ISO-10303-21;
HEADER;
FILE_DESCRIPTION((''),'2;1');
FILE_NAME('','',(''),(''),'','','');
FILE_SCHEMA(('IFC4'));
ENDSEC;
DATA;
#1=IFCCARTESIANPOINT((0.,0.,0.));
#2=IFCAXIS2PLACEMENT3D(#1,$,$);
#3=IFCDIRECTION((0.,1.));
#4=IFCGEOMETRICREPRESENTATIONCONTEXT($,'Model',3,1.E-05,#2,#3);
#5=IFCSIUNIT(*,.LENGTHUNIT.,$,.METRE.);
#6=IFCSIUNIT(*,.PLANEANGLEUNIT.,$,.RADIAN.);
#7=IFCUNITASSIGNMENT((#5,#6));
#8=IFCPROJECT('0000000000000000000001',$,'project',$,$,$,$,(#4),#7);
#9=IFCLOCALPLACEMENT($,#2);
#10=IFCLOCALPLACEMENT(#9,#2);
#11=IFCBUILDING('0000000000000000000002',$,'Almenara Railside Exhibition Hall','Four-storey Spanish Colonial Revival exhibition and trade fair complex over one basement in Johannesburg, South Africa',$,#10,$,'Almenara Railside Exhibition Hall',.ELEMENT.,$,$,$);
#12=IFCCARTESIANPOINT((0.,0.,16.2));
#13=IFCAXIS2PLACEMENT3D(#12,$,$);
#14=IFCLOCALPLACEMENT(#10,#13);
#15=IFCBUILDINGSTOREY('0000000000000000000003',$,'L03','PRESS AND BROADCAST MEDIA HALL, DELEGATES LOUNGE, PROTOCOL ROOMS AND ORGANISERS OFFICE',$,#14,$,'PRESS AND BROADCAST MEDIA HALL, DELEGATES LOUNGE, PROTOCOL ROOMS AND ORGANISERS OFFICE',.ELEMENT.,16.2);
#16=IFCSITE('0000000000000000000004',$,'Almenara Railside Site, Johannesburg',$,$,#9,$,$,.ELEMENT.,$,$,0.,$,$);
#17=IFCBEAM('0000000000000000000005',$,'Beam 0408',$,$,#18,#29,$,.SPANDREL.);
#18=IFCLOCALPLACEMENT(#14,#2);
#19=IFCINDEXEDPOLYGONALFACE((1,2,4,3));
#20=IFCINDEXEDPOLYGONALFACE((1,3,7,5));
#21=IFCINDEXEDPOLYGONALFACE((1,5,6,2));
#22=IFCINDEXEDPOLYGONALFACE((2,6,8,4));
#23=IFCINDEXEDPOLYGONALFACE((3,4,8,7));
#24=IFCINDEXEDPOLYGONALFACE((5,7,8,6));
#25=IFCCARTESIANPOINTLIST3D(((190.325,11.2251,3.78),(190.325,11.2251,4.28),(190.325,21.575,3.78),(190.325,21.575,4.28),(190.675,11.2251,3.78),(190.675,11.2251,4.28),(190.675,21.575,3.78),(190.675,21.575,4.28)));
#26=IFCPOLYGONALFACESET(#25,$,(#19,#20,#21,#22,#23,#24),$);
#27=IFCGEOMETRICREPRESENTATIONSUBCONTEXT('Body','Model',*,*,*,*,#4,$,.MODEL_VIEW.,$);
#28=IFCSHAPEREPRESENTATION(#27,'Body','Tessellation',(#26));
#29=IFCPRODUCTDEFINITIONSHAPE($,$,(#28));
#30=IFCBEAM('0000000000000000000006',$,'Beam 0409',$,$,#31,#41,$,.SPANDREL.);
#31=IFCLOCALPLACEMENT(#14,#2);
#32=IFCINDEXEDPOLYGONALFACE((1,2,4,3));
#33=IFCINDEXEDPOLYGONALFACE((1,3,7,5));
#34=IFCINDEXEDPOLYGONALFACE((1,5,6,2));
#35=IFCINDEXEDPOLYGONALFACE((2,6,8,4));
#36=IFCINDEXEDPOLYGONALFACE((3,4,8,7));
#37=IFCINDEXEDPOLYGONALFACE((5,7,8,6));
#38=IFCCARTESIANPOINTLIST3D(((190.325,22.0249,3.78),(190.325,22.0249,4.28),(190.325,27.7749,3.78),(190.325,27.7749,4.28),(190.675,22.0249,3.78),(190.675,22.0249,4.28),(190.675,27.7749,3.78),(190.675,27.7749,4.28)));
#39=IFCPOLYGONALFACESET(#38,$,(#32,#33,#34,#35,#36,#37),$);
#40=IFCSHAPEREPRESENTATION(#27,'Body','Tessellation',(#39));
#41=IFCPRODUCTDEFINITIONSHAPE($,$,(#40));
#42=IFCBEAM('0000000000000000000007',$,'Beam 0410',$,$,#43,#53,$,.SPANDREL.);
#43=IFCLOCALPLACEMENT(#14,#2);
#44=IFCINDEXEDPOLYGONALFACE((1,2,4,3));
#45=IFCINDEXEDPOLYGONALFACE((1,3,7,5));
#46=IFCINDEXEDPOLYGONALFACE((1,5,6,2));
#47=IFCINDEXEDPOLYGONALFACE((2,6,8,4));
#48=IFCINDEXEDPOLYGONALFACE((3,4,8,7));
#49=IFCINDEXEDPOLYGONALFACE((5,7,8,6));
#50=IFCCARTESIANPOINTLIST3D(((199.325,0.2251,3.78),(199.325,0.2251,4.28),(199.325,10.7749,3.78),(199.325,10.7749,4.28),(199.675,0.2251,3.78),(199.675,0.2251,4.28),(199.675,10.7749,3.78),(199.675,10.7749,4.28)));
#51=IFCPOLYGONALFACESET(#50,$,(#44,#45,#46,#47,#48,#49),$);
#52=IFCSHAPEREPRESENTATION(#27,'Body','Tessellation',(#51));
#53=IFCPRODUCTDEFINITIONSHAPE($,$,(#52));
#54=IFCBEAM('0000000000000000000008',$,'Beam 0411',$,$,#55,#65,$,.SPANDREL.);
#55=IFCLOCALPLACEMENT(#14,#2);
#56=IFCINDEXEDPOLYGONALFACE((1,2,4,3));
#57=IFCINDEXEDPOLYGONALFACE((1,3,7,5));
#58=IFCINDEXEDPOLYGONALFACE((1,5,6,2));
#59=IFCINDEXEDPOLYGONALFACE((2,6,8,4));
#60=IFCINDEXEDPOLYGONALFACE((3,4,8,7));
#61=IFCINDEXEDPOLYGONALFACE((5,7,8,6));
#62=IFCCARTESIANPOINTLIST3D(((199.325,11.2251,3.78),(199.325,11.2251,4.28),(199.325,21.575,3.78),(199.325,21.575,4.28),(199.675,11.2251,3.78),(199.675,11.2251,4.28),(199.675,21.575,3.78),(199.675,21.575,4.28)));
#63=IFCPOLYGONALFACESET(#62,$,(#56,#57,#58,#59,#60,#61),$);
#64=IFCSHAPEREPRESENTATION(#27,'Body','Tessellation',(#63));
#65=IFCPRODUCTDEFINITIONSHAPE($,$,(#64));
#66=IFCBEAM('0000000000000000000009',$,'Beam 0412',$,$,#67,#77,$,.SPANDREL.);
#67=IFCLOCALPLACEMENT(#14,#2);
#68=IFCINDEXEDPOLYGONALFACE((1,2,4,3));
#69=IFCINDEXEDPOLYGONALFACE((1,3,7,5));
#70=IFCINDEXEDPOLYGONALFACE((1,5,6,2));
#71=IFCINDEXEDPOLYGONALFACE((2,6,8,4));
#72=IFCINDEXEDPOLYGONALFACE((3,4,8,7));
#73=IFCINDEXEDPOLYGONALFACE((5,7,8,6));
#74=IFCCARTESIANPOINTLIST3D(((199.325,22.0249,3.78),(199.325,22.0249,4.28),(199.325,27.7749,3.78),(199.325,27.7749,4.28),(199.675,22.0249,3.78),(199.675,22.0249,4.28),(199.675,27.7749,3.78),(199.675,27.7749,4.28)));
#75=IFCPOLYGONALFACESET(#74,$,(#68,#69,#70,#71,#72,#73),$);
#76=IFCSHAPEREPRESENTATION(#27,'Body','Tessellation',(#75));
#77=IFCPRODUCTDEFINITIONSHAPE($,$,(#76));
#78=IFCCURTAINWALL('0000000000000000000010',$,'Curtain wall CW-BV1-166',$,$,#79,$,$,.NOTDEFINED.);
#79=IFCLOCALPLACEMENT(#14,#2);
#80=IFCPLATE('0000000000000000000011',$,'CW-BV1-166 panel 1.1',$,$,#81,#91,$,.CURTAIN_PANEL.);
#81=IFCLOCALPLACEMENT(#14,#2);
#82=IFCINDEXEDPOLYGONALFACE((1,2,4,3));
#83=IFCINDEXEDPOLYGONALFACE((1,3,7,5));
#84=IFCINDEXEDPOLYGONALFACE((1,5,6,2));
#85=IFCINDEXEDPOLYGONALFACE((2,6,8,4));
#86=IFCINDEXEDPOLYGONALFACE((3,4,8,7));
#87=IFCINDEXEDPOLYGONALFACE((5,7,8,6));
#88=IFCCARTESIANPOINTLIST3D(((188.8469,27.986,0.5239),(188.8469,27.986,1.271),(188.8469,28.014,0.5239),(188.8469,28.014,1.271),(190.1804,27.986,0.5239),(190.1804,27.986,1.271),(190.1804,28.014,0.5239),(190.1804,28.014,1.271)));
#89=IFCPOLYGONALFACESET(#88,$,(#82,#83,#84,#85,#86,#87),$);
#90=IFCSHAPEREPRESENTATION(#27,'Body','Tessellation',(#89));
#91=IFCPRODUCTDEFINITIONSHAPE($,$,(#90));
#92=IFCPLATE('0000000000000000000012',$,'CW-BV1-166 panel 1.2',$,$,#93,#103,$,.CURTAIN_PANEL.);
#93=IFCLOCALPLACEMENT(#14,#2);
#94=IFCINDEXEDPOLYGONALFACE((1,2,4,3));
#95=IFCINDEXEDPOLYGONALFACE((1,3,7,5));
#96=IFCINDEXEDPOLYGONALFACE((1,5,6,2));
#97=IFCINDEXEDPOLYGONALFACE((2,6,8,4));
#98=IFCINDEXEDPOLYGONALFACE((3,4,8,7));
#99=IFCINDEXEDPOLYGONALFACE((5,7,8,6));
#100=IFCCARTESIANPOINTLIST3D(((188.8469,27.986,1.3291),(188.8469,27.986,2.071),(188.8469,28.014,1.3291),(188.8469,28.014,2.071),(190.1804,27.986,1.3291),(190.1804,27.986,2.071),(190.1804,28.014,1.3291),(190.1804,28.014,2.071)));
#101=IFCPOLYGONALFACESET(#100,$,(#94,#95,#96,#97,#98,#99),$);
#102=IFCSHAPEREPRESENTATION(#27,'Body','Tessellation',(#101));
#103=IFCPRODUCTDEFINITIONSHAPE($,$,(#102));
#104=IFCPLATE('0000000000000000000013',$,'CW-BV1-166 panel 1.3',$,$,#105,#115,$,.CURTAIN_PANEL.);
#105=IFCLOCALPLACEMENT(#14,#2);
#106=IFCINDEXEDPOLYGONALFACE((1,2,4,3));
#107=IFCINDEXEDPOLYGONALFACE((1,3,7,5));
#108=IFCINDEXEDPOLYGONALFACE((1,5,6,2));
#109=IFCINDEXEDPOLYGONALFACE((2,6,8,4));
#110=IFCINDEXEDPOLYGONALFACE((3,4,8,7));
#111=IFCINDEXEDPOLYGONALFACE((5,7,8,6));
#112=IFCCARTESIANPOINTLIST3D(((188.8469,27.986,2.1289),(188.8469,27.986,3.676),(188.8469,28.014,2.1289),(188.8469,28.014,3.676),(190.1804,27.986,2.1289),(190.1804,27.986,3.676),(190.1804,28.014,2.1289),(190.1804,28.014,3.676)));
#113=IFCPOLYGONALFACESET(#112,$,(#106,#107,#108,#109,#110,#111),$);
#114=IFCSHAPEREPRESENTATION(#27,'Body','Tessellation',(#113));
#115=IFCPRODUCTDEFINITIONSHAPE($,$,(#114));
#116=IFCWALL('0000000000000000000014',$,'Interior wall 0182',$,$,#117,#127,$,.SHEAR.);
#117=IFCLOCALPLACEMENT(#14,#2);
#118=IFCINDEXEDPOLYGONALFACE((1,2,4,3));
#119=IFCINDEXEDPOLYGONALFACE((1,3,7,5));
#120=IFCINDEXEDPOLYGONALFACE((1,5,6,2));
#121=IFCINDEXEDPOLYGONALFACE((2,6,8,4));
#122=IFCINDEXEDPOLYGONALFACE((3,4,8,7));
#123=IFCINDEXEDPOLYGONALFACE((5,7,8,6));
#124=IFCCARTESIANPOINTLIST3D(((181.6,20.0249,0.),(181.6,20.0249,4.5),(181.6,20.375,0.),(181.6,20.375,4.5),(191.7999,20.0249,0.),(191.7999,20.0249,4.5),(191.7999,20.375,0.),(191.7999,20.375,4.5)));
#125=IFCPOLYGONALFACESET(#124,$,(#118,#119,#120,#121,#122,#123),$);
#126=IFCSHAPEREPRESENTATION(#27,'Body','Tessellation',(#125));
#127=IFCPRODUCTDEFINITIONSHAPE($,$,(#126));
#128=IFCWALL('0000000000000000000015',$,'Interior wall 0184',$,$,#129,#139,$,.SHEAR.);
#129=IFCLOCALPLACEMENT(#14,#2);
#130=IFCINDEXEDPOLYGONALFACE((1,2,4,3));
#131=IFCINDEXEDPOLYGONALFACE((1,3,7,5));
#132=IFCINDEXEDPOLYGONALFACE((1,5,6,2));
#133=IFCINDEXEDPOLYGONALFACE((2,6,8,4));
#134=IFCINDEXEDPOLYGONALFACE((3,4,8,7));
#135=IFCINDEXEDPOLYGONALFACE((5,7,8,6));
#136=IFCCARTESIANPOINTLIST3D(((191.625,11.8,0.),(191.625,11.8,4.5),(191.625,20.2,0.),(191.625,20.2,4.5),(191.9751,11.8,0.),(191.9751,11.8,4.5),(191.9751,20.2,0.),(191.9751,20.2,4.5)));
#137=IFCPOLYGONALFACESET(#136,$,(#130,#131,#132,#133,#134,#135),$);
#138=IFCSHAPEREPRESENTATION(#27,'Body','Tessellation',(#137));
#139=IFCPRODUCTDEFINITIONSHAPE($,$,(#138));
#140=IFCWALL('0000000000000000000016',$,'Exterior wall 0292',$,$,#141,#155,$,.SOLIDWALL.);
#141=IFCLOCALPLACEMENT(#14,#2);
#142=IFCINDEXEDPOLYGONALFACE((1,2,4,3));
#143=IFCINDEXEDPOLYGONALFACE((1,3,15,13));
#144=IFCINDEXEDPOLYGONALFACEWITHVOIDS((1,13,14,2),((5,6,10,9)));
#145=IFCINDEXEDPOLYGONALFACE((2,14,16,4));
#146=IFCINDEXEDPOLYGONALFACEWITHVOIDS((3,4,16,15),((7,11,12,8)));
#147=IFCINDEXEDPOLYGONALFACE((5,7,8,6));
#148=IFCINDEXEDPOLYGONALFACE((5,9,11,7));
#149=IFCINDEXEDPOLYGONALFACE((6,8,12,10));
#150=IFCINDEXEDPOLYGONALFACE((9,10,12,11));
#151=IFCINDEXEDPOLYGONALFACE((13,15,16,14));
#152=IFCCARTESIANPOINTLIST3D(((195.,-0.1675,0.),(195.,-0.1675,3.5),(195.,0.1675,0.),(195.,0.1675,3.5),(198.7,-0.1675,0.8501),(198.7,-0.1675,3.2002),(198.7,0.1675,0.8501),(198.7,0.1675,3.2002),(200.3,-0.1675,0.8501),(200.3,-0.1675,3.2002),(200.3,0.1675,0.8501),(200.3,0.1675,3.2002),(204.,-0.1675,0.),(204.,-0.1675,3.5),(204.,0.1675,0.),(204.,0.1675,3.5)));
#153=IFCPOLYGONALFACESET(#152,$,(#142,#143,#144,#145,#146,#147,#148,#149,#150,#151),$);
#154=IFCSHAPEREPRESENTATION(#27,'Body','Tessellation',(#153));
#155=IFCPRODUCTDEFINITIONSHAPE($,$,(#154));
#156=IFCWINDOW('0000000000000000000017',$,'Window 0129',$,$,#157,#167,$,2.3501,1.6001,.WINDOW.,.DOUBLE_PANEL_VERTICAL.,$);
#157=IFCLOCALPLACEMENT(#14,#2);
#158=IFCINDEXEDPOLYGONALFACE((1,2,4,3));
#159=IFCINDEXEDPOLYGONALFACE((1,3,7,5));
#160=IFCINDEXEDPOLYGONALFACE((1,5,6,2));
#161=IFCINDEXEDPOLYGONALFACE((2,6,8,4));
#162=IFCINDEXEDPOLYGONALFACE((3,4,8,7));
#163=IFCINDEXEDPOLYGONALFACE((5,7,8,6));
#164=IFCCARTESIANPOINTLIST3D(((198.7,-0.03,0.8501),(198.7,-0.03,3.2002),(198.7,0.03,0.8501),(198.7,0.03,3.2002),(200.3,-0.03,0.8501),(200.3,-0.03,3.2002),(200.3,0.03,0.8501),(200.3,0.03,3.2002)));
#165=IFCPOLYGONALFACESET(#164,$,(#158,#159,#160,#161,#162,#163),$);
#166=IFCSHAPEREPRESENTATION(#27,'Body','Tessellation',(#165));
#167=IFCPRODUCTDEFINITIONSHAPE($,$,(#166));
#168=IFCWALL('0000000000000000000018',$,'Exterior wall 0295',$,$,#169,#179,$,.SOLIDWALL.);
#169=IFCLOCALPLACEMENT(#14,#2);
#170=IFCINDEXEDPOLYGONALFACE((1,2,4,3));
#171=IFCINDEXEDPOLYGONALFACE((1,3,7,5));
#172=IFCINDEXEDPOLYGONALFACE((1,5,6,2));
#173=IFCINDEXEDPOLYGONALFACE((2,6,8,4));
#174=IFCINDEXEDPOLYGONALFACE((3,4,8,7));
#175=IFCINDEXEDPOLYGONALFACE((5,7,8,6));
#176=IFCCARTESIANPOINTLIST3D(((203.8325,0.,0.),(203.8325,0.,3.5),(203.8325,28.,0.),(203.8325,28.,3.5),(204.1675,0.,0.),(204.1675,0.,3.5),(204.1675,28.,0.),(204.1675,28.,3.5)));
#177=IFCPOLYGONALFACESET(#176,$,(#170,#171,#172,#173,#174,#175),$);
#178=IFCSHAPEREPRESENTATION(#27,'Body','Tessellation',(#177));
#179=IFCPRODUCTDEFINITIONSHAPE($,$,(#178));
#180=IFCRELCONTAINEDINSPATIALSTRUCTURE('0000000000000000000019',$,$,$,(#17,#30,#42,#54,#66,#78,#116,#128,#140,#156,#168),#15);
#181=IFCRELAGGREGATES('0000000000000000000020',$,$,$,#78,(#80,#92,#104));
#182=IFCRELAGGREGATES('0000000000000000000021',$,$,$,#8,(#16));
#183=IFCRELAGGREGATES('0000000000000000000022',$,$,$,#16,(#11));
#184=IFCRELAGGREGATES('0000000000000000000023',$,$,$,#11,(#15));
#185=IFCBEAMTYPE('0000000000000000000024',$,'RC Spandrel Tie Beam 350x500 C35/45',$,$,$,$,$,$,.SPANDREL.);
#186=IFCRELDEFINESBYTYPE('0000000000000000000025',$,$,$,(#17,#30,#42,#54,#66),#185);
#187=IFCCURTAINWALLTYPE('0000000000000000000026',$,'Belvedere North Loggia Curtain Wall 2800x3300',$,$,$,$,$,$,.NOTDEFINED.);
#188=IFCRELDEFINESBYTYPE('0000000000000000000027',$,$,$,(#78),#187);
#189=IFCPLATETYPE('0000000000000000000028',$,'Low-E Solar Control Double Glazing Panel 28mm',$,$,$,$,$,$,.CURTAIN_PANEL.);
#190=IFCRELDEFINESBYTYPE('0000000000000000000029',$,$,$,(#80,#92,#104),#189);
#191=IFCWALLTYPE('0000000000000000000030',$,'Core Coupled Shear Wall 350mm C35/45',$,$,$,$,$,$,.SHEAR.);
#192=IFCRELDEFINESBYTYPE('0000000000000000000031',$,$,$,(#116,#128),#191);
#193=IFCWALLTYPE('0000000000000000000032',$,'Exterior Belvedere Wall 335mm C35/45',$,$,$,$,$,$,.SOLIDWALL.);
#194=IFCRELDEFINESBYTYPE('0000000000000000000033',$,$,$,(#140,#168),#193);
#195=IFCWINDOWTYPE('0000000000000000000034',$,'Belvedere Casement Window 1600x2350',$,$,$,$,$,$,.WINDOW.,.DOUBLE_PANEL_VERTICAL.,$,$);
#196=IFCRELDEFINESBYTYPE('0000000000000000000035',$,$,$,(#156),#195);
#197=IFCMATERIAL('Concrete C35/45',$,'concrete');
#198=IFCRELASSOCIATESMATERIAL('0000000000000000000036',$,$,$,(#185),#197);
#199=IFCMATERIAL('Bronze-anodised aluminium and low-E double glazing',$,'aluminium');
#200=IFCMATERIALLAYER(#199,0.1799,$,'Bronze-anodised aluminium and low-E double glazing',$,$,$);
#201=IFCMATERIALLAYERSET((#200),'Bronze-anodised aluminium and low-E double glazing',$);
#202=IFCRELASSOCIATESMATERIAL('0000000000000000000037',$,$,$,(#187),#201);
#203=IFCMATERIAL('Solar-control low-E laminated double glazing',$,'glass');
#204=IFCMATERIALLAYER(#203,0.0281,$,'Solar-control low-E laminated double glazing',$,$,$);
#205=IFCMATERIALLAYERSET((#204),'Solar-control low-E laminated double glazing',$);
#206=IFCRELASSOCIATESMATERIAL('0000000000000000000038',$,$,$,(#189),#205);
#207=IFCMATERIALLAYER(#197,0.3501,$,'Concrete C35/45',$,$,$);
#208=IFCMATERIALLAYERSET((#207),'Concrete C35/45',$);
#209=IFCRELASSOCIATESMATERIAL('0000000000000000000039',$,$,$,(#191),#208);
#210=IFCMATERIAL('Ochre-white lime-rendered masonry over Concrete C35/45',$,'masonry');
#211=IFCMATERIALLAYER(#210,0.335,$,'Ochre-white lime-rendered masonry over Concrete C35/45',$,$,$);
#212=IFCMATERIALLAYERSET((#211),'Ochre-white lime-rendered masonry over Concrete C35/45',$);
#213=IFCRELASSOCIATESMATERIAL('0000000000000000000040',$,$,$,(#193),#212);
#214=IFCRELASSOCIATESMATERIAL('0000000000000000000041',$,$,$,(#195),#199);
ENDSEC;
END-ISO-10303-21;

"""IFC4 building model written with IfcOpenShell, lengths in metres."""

from ifc_helpers import new_model, si_unit, direction, frame, frame_2d, origin, origin_2d, place, context, subcontext, project, spatial, rectangle, extrude, material, layer, layer_set, material_profile, profile_set, type_object, element, fill, aggregate, save


model = new_model("IFC4")

# Units and contexts
model_context = context("Model", 3, precision=1e-05, world=origin(), true_north=direction((0.0, 1.0)))
body_context = subcontext(model_context, "Body", "Model", "MODEL_VIEW")
ifc_project = project(units=[si_unit("LENGTHUNIT", "METRE"), si_unit("PLANEANGLEUNIT", "RADIAN")], contexts=[model_context])

# Site, building, storey
site_placement = place(None, origin())
site = spatial("IfcSite", under=ifc_project, at=site_placement, Name="Almenara Railside Site, Johannesburg", CompositionType="ELEMENT", RefElevation=0.0)
building_placement = place(site_placement, origin())
building = spatial("IfcBuilding", under=site, at=building_placement, Name="Almenara Railside Exhibition Hall", Description="Four-storey Spanish Colonial Revival exhibition and trade fair complex over one basement in Johannesburg, South Africa", LongName="Almenara Railside Exhibition Hall", CompositionType="ELEMENT")
storey_placement = place(building_placement, frame((0.0, 0.0, 16.2)))
storey = spatial("IfcBuildingStorey", under=building, at=storey_placement, Name="L03", Description="PRESS AND BROADCAST MEDIA HALL, DELEGATES LOUNGE, PROTOCOL ROOMS AND ORGANISERS OFFICE", LongName="PRESS AND BROADCAST MEDIA HALL, DELEGATES LOUNGE, PROTOCOL ROOMS AND ORGANISERS OFFICE", CompositionType="ELEMENT", Elevation=16.2)

# Shared definitions
ifc_material_1 = material(Name="Concrete C35/45", Category="concrete")

# Beams
ifc_material_profile_1 = material_profile(ifc_material_1, rectangle(XDim=0.3501, YDim=0.5, at=origin_2d()), Name="RC 350x500")
ifc_profile_set_1 = profile_set([ifc_material_profile_1], Name="Concrete C35/45")
beam_type_1 = type_object("IfcBeamType", Name="RC Spandrel Tie Beam 350x500 C35/45", PredefinedType="SPANDREL", material=ifc_profile_set_1)
beam_1_placement = place(storey_placement, frame((190.5, 11.2251, 4.03), z_axis=(0.0, 1.0, 0.0), x_axis=(-1.0, 0.0, 0.0)))
element("IfcBeam", 1, at=beam_1_placement, inside=storey, type_object=beam_type_1, Name="Beam 0408", PredefinedType="SPANDREL", context=body_context, shape_type="SweptSolid", body=[
    extrude(rectangle(XDim=0.3501, YDim=0.5, at=origin_2d()), origin(), (0.0, 0.0, 1.0), 10.3499),
])
beam_2_placement = place(storey_placement, frame((190.5, 22.0249, 4.03), z_axis=(0.0, 1.0, 0.0), x_axis=(-1.0, 0.0, 0.0)))
element("IfcBeam", 2, at=beam_2_placement, inside=storey, type_object=beam_type_1, Name="Beam 0409", PredefinedType="SPANDREL", context=body_context, shape_type="SweptSolid", body=[
    extrude(rectangle(XDim=0.3501, YDim=0.5, at=origin_2d()), origin(), (0.0, 0.0, 1.0), 5.75),
])
beam_3_placement = place(storey_placement, frame((199.5, 0.2251, 4.03), z_axis=(0.0, 1.0, 0.0), x_axis=(-1.0, 0.0, 0.0)))
element("IfcBeam", 3, at=beam_3_placement, inside=storey, type_object=beam_type_1, Name="Beam 0410", PredefinedType="SPANDREL", context=body_context, shape_type="SweptSolid", body=[
    extrude(rectangle(XDim=0.3501, YDim=0.5, at=origin_2d()), origin(), (0.0, 0.0, 1.0), 10.5498),
])
beam_4_placement = place(storey_placement, frame((199.5, 11.2251, 4.03), z_axis=(0.0, 1.0, 0.0), x_axis=(-1.0, 0.0, 0.0)))
element("IfcBeam", 4, at=beam_4_placement, inside=storey, type_object=beam_type_1, Name="Beam 0411", PredefinedType="SPANDREL", context=body_context, shape_type="SweptSolid", body=[
    extrude(rectangle(XDim=0.3501, YDim=0.5, at=origin_2d()), origin(), (0.0, 0.0, 1.0), 10.3499),
])
beam_5_placement = place(storey_placement, frame((199.5, 22.0249, 4.03), z_axis=(0.0, 1.0, 0.0), x_axis=(-1.0, 0.0, 0.0)))
element("IfcBeam", 5, at=beam_5_placement, inside=storey, type_object=beam_type_1, Name="Beam 0412", PredefinedType="SPANDREL", context=body_context, shape_type="SweptSolid", body=[
    extrude(rectangle(XDim=0.3501, YDim=0.5, at=origin_2d()), origin(), (0.0, 0.0, 1.0), 5.75),
])

# Curtain wall, plates
ifc_material_2 = material(Name="Bronze-anodised aluminium and low-E double glazing", Category="aluminium")
ifc_layer_1 = layer(ifc_material_2, 0.1799, Name="Bronze-anodised aluminium and low-E double glazing")
ifc_layer_set_1 = layer_set([ifc_layer_1], Name="Bronze-anodised aluminium and low-E double glazing")
curtain_wall_type = type_object("IfcCurtainWallType", Name="Belvedere North Loggia Curtain Wall 2800x3300", PredefinedType="NOTDEFINED", material=ifc_layer_set_1)
curtain_wall_placement = place(storey_placement, origin())
curtain_wall = element("IfcCurtainWall", 6, at=curtain_wall_placement, inside=storey, type_object=curtain_wall_type, Name="Curtain wall CW-BV1-166", PredefinedType="NOTDEFINED")
ifc_material_3 = material(Name="Solar-control low-E laminated double glazing", Category="glass")
ifc_layer_2 = layer(ifc_material_3, 0.0281, Name="Solar-control low-E laminated double glazing")
ifc_layer_set_2 = layer_set([ifc_layer_2], Name="Solar-control low-E laminated double glazing")
plate_type = type_object("IfcPlateType", Name="Low-E Solar Control Double Glazing Panel 28mm", PredefinedType="CURTAIN_PANEL", material=ifc_layer_set_2)
plate_1_placement = place(storey_placement, frame((189.5137, 28.0, 0.5239), z_axis=(0.0, 0.0, 1.0), x_axis=(1.0, 0.0, 0.0)))
plate_1 = element("IfcPlate", 7, at=plate_1_placement, type_object=plate_type, Name="CW-BV1-166 panel 1.1", PredefinedType="CURTAIN_PANEL", context=body_context, shape_type="SweptSolid", body=[
    extrude(rectangle(XDim=1.3335, YDim=0.0281, at=origin_2d()), origin(), (0.0, 0.0, 1.0), 0.7471),
])
plate_2_placement = place(storey_placement, frame((189.5137, 28.0, 1.3291), z_axis=(0.0, 0.0, 1.0), x_axis=(1.0, 0.0, 0.0)))
plate_2 = element("IfcPlate", 8, at=plate_2_placement, type_object=plate_type, Name="CW-BV1-166 panel 1.2", PredefinedType="CURTAIN_PANEL", context=body_context, shape_type="SweptSolid", body=[
    extrude(rectangle(XDim=1.3335, YDim=0.0281, at=origin_2d()), origin(), (0.0, 0.0, 1.0), 0.7419),
])
plate_3_placement = place(storey_placement, frame((189.5137, 28.0, 2.1289), z_axis=(0.0, 0.0, 1.0), x_axis=(1.0, 0.0, 0.0)))
plate_3 = element("IfcPlate", 9, at=plate_3_placement, type_object=plate_type, Name="CW-BV1-166 panel 1.3", PredefinedType="CURTAIN_PANEL", context=body_context, shape_type="SweptSolid", body=[
    extrude(rectangle(XDim=1.3335, YDim=0.0281, at=origin_2d()), origin(), (0.0, 0.0, 1.0), 1.5471),
])
aggregate(curtain_wall, [plate_1, plate_2, plate_3])

# Walls
ifc_layer_3 = layer(ifc_material_1, 0.3501, Name="Concrete C35/45")
ifc_layer_set_3 = layer_set([ifc_layer_3], Name="Concrete C35/45")
wall_type_1 = type_object("IfcWallType", Name="Core Coupled Shear Wall 350mm C35/45", PredefinedType="SHEAR", material=ifc_layer_set_3)
wall_1_placement = place(storey_placement, frame((191.8, 20.2, 0.0), z_axis=(0.0, 0.0, 1.0), x_axis=(-1.0, 0.0, 0.0)))
element("IfcWall", 10, at=wall_1_placement, inside=storey, type_object=wall_type_1, Name="Interior wall 0182", PredefinedType="SHEAR", context=body_context, shape_type="SweptSolid", body=[
    extrude(rectangle(XDim=10.2, YDim=0.3501, at=frame_2d((5.1001, 0.0))), origin(), (0.0, 0.0, 1.0), 4.5),
])
wall_2_placement = place(storey_placement, frame((191.8, 11.8, 0.0), z_axis=(0.0, 0.0, 1.0), x_axis=(0.0, 1.0, 0.0)))
element("IfcWall", 11, at=wall_2_placement, inside=storey, type_object=wall_type_1, Name="Interior wall 0184", PredefinedType="SHEAR", context=body_context, shape_type="SweptSolid", body=[
    extrude(rectangle(XDim=8.3999, YDim=0.3501, at=frame_2d((4.2, 0.0))), origin(), (0.0, 0.0, 1.0), 4.5),
])

# Wall, opening, window
ifc_material_4 = material(Name="Ochre-white lime-rendered masonry over Concrete C35/45", Category="masonry")
ifc_layer_4 = layer(ifc_material_4, 0.335, Name="Ochre-white lime-rendered masonry over Concrete C35/45")
ifc_layer_set_4 = layer_set([ifc_layer_4], Name="Ochre-white lime-rendered masonry over Concrete C35/45")
wall_type_2 = type_object("IfcWallType", Name="Exterior Belvedere Wall 335mm C35/45", PredefinedType="SOLIDWALL", material=ifc_layer_set_4)
wall_3_placement = place(storey_placement, frame((195.0, 0.0, 0.0), z_axis=(0.0, 0.0, 1.0), x_axis=(1.0, 0.0, 0.0)))
wall_3 = element("IfcWall", 12, at=wall_3_placement, inside=storey, type_object=wall_type_2, Name="Exterior wall 0292", PredefinedType="SOLIDWALL", context=body_context, shape_type="SweptSolid", body=[
    extrude(rectangle(XDim=9.0, YDim=0.335, at=frame_2d((4.5, 0.0))), origin(), (0.0, 0.0, 1.0), 3.5),
])
opening_1_placement = place(wall_3_placement, frame((3.7, 0.0, 0.8501)))
opening_1 = element("IfcOpeningElement", 13, at=opening_1_placement, cuts=wall_3, PredefinedType="OPENING", context=body_context, shape_type="SweptSolid", body=[
    extrude(rectangle(XDim=1.6001, YDim=2.3501, at=frame_2d((0.8, 1.175))), frame((0.0, 0.1775, 0.0), z_axis=(0.0, -1.0, 0.0), x_axis=(1.0, 0.0, 0.0)), (0.0, 0.0, 1.0), 0.355),
])
window_type = type_object("IfcWindowType", Name="Belvedere Casement Window 1600x2350", PartitioningType="DOUBLE_PANEL_VERTICAL", PredefinedType="WINDOW", material=ifc_material_2)
window_placement = place(opening_1_placement, origin())
window = element("IfcWindow", 14, at=window_placement, inside=storey, type_object=window_type, Name="Window 0129", OverallHeight=2.3501, OverallWidth=1.6001, PartitioningType="DOUBLE_PANEL_VERTICAL", PredefinedType="WINDOW", context=body_context, shape_type="SweptSolid", body=[
    extrude(rectangle(XDim=1.6001, YDim=2.3501, at=frame_2d((0.8, 1.175))), frame((0.0, 0.03, 0.0), z_axis=(0.0, -1.0, 0.0), x_axis=(1.0, 0.0, 0.0)), (0.0, 0.0, 1.0), 0.0601),
])
fill(opening_1, window)

# Wall
wall_4_placement = place(storey_placement, frame((204.0, 0.0, 0.0), z_axis=(0.0, 0.0, 1.0), x_axis=(0.0, 1.0, 0.0)))
element("IfcWall", 15, at=wall_4_placement, inside=storey, type_object=wall_type_2, Name="Exterior wall 0295", PredefinedType="SOLIDWALL", context=body_context, shape_type="SweptSolid", body=[
    extrude(rectangle(XDim=28.0, YDim=0.335, at=frame_2d((14.0, 0.0))), origin(), (0.0, 0.0, 1.0), 3.5),
])

save(model, "model.ifc")
